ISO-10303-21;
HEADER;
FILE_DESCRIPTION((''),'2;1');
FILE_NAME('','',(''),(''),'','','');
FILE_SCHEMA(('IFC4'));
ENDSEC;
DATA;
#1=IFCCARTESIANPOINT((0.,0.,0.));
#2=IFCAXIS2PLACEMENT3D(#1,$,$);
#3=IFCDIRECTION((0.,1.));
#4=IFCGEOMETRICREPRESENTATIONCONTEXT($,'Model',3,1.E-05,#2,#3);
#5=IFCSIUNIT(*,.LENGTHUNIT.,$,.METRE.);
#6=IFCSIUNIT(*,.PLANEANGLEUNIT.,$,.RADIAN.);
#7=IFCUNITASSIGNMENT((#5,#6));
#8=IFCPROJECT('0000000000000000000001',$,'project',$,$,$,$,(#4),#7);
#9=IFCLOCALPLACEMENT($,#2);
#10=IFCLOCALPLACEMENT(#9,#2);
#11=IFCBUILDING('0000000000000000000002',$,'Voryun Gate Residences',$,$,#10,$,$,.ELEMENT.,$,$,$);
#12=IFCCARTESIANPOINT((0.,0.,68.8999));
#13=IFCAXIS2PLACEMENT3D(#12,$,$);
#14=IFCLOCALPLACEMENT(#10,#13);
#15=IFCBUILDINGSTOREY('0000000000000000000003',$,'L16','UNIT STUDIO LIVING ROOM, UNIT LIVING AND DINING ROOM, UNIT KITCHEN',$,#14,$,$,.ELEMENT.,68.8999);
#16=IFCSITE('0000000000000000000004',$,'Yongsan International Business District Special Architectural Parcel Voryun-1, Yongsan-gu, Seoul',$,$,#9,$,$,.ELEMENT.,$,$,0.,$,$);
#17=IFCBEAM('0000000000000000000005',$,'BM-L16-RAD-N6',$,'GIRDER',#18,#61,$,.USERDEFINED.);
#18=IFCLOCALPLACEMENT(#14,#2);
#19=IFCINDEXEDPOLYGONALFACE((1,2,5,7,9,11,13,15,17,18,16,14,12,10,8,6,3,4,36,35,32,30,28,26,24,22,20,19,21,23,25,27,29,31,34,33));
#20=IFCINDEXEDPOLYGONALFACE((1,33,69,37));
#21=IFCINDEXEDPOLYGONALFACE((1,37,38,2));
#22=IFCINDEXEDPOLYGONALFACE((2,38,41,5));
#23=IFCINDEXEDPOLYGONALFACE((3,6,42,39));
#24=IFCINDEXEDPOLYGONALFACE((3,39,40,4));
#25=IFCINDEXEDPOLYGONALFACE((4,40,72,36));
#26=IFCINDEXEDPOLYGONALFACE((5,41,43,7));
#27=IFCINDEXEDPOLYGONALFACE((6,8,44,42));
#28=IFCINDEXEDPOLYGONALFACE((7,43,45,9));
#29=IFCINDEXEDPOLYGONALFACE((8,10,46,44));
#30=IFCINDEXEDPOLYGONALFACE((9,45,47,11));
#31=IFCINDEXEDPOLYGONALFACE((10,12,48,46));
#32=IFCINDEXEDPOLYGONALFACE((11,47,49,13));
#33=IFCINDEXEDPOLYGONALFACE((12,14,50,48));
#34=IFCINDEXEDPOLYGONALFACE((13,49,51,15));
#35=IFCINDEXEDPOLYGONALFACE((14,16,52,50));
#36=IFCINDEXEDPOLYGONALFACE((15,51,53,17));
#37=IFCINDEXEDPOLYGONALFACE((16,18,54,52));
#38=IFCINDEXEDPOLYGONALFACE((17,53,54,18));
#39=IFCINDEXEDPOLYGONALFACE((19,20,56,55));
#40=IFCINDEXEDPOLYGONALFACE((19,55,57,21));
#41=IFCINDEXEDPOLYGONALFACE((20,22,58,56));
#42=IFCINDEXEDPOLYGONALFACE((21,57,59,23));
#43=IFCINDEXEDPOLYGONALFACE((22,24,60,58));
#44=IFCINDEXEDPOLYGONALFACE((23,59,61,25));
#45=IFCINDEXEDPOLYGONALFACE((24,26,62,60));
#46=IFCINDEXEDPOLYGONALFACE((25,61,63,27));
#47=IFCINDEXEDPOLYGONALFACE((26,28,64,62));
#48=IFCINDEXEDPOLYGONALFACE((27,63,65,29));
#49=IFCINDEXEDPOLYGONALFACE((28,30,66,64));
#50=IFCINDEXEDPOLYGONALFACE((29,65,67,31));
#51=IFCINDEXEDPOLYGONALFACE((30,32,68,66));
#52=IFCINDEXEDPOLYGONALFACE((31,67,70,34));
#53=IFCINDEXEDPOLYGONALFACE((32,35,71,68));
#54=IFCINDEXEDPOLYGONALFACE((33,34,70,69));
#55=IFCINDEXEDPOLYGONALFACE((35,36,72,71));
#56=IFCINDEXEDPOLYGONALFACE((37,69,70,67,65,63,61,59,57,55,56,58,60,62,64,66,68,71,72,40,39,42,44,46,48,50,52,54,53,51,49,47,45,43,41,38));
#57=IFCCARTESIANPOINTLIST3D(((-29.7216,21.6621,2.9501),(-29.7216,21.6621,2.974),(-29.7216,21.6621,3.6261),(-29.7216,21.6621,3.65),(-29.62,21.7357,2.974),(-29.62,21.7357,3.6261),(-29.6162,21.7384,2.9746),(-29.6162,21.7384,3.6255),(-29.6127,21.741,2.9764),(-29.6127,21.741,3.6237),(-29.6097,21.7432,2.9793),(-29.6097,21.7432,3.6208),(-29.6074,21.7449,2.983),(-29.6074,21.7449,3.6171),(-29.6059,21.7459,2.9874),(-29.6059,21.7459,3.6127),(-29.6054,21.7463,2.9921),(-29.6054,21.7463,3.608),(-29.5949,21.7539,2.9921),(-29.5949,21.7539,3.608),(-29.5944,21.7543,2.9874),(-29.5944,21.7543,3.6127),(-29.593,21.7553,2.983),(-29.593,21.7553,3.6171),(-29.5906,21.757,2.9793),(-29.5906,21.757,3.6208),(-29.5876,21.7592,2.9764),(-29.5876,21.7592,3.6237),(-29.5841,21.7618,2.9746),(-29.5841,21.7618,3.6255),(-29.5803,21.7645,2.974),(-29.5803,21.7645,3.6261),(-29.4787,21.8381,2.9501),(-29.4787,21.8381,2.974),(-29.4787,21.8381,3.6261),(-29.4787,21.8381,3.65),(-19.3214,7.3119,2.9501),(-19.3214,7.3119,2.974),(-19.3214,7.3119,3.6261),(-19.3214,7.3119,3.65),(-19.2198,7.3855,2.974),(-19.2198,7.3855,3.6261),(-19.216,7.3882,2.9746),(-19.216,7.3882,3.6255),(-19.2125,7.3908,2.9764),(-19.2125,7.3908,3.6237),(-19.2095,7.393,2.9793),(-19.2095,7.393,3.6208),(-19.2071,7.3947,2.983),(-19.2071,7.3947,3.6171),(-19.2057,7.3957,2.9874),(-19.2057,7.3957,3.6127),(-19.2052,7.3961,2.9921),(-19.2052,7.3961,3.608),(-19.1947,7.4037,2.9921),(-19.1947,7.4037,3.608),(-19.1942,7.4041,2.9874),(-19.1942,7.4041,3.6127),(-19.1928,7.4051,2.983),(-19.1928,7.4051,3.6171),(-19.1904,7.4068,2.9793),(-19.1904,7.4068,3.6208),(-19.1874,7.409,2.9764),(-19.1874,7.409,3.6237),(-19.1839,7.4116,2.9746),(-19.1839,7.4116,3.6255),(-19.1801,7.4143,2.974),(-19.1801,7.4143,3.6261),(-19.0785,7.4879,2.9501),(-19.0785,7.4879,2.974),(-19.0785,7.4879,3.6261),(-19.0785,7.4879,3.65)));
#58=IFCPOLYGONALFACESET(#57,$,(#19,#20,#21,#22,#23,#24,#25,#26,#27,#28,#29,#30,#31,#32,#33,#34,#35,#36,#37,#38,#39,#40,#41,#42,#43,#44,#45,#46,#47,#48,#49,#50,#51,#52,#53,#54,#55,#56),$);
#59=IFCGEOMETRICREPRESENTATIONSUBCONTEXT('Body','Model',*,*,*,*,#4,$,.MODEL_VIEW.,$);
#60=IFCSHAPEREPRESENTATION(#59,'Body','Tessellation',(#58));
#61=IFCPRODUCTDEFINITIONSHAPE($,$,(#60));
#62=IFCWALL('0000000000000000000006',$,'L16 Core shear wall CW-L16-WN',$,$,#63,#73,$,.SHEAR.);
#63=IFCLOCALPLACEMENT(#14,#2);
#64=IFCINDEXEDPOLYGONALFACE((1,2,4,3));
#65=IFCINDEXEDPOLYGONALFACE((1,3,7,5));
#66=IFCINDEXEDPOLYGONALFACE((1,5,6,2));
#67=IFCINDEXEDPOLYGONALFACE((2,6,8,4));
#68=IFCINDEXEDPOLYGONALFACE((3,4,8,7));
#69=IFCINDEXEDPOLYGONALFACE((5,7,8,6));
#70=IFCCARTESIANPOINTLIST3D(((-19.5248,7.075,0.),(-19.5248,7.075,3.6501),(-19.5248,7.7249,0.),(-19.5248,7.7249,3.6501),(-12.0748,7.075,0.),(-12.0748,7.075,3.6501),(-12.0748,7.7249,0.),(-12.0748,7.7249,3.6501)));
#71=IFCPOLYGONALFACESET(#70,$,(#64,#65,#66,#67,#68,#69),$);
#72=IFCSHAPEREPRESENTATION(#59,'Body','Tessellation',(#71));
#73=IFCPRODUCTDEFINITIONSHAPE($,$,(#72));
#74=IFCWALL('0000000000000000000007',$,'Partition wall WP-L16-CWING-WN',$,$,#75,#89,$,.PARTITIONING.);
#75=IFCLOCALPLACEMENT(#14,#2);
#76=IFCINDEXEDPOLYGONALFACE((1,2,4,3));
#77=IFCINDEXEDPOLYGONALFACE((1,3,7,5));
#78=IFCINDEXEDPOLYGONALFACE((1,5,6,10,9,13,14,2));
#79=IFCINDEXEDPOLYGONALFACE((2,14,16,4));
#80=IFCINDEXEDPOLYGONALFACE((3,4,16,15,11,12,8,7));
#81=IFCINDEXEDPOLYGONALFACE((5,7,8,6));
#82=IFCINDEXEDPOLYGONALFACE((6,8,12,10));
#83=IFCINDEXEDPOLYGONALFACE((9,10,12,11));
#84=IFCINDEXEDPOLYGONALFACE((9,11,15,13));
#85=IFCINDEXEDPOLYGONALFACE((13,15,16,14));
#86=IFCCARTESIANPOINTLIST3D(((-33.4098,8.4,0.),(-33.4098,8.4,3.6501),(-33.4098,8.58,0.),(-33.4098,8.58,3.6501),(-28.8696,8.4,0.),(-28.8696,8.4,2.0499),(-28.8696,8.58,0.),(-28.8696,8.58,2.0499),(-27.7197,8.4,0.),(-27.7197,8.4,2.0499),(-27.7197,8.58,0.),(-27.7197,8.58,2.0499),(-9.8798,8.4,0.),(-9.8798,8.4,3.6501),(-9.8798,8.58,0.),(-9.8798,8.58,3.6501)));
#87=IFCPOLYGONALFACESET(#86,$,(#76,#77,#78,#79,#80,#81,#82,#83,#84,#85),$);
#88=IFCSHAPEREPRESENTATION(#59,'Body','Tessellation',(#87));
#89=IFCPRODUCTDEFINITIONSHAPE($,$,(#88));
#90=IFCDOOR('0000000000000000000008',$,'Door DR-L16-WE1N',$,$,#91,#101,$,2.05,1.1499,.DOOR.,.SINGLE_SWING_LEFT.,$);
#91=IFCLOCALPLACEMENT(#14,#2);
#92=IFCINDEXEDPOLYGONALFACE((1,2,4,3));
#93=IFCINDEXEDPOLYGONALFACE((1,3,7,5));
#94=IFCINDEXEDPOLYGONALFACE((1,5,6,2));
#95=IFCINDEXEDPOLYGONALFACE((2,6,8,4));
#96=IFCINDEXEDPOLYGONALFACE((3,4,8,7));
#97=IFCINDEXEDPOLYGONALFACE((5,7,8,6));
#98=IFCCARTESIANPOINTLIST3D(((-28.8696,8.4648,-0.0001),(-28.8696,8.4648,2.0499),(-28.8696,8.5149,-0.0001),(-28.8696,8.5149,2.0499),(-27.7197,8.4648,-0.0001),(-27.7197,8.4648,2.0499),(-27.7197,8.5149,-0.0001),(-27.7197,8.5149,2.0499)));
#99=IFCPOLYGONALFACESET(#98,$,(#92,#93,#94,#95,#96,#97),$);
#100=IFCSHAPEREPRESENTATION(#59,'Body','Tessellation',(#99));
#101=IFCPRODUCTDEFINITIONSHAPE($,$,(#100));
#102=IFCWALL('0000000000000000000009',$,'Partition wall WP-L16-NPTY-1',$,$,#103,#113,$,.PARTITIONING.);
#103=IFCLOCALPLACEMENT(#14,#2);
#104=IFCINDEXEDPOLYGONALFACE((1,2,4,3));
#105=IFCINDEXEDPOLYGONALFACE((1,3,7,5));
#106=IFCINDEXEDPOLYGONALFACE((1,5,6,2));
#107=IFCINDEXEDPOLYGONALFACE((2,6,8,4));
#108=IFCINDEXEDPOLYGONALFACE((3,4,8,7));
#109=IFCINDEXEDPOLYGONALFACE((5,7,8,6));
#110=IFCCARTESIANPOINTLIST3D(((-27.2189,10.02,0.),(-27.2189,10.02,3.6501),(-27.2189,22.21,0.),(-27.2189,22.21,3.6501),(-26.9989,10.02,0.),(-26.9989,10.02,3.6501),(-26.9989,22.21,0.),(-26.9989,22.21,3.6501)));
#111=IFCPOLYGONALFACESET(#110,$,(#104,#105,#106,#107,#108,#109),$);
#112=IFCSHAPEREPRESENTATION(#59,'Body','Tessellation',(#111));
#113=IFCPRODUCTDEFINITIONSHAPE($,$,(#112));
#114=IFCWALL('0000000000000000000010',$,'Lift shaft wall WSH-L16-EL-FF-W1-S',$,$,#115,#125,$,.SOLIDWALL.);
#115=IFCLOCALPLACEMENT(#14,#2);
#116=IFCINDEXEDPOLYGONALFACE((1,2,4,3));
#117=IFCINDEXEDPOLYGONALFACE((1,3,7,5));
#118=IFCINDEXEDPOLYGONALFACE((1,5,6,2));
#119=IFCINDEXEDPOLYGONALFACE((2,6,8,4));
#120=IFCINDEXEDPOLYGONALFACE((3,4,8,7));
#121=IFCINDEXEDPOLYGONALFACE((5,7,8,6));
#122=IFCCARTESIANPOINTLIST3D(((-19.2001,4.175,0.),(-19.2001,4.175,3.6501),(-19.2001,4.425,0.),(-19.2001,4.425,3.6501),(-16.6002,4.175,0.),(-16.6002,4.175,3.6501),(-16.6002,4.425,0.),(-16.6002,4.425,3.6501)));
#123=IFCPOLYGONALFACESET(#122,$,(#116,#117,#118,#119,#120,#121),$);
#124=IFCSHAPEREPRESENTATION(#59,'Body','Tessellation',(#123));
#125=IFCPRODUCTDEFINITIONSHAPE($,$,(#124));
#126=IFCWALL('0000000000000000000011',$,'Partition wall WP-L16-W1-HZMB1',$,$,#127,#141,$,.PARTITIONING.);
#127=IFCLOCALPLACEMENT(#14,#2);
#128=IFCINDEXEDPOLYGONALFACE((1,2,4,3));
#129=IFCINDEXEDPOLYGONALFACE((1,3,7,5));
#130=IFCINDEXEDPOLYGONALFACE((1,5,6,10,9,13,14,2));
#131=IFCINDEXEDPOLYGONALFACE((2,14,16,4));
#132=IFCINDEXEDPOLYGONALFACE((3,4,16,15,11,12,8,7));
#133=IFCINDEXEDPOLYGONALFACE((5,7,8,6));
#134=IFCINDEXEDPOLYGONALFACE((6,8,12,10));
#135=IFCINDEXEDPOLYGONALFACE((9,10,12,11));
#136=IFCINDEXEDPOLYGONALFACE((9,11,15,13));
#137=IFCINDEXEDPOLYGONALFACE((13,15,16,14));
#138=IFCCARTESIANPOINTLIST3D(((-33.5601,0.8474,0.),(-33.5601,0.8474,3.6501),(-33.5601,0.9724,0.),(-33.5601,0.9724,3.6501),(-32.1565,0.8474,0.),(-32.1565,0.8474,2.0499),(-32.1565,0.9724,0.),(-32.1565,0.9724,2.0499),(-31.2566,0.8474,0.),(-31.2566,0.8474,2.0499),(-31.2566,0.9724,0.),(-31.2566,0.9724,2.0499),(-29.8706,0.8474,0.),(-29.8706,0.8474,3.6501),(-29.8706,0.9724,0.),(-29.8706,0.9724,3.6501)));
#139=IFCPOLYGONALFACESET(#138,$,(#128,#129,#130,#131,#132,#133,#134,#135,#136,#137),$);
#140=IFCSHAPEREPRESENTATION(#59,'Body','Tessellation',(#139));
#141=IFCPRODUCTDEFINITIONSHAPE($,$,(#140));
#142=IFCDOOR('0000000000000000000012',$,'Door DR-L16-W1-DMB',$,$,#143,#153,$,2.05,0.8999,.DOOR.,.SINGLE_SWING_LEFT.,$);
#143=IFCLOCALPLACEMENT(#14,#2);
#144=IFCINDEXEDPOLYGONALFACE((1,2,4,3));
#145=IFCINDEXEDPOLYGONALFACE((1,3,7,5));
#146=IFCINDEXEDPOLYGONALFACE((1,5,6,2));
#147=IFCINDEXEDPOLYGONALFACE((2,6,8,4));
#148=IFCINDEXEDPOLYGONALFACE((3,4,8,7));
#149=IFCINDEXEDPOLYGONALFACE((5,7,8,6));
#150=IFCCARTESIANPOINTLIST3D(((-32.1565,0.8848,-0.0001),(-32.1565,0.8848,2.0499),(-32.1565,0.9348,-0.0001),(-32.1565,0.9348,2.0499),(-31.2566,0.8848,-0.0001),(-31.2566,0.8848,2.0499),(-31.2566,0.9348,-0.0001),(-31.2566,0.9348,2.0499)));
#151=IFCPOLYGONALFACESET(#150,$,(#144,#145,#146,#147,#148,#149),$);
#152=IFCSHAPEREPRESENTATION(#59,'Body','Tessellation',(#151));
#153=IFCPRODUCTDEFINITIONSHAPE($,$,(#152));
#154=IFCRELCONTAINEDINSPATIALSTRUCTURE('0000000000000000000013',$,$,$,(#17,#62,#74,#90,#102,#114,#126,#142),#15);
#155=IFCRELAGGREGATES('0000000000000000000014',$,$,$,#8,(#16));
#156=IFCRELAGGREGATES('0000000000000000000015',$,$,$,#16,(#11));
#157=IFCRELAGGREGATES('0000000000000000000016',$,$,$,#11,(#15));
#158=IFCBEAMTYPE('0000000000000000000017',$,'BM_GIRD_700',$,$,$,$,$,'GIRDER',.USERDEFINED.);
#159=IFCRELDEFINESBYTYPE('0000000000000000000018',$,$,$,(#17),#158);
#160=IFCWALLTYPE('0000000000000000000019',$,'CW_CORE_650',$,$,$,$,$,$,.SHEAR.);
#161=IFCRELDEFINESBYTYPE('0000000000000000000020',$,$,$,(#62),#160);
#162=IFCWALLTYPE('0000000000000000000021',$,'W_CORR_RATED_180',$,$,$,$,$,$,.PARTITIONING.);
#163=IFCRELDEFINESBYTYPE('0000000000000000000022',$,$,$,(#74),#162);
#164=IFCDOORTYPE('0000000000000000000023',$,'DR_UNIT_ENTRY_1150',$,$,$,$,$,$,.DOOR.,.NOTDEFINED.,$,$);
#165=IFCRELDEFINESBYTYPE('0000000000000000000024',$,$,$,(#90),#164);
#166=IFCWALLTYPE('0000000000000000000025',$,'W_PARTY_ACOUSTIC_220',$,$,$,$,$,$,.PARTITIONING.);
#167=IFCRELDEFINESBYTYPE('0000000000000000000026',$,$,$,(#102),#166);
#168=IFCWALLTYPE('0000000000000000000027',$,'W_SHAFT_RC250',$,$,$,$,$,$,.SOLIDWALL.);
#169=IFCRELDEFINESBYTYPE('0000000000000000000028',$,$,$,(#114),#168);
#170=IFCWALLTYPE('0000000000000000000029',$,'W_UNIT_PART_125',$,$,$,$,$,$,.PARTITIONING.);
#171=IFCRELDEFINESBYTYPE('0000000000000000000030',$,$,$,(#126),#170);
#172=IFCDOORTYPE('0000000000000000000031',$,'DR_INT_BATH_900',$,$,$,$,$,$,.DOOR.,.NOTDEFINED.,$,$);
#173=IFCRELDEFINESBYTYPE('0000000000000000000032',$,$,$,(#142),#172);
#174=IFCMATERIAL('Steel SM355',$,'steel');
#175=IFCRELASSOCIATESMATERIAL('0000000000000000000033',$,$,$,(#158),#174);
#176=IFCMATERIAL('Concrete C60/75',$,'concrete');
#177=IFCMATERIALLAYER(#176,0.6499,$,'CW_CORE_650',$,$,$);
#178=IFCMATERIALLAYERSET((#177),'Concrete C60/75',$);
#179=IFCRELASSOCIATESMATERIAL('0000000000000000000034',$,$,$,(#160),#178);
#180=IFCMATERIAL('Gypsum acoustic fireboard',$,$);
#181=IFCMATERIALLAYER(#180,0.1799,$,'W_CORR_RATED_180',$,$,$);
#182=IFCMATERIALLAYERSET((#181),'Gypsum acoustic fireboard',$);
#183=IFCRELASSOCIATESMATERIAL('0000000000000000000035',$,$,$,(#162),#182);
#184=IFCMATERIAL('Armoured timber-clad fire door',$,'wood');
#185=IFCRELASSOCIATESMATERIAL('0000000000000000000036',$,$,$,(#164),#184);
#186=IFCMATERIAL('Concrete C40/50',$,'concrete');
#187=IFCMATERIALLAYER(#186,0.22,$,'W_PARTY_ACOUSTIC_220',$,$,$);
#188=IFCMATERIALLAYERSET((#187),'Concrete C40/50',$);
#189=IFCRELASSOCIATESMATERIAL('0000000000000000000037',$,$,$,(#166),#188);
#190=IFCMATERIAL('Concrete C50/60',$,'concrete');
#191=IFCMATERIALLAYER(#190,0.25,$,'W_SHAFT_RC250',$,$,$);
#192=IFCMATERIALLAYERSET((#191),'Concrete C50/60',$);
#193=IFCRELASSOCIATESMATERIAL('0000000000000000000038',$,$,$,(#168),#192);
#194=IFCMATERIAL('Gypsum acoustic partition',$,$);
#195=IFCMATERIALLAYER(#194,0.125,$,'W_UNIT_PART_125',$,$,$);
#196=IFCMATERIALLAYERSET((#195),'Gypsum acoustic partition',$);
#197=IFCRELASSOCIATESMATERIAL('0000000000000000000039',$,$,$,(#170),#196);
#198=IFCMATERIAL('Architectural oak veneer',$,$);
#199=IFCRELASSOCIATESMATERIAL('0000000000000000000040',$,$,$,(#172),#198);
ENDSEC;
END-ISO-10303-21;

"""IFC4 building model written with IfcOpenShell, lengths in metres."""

from ifc_helpers import new_model, si_unit, direction, frame, frame_2d, origin, origin_2d, place, context, subcontext, project, spatial, rectangle, i_section, extrude, material, layer, layer_set, material_profile, profile_set, type_object, element, fill, save


model = new_model("IFC4")

# Units and contexts
model_context = context("Model", 3, precision=1e-05, world=origin(), true_north=direction((0.0, 1.0)))
body_context = subcontext(model_context, "Body", "Model", "MODEL_VIEW")
ifc_project = project(units=[si_unit("LENGTHUNIT", "METRE"), si_unit("PLANEANGLEUNIT", "RADIAN")], contexts=[model_context])

# Site, building, storey
site_placement = place(None, origin())
site = spatial("IfcSite", under=ifc_project, at=site_placement, Name="Yongsan International Business District Special Architectural Parcel Voryun-1, Yongsan-gu, Seoul", CompositionType="ELEMENT", RefElevation=0.0)
building_placement = place(site_placement, origin())
building = spatial("IfcBuilding", under=site, at=building_placement, Name="Voryun Gate Residences", CompositionType="ELEMENT")
storey_placement = place(building_placement, frame((0.0, 0.0, 68.8999)))
storey = spatial("IfcBuildingStorey", under=building, at=storey_placement, Name="L16", Description="UNIT STUDIO LIVING ROOM, UNIT LIVING AND DINING ROOM, UNIT KITCHEN", CompositionType="ELEMENT", Elevation=68.8999)

# Beam
ifc_material_1 = material(Name="Steel SM355", Category="steel")
ifc_material_profile_1 = material_profile(ifc_material_1, i_section(OverallWidth=0.3, OverallDepth=0.7, WebThickness=0.0129, FlangeThickness=0.0239, FilletRadius=0.0181, at=origin_2d()), Name="H-700x300x13x24")
ifc_profile_set_1 = profile_set([ifc_material_profile_1], Name="Steel SM355")
beam_type_1 = type_object("IfcBeamType", Name="BM_GIRD_700", ElementType="GIRDER", PredefinedType="USERDEFINED", material=ifc_profile_set_1)
beam_1_placement = place(storey_placement, frame((-19.2, 7.3999, 3.3), z_axis=(-0.586832, 0.809709, 0.0), x_axis=(-0.809709, -0.586832, 0.0)))
element("IfcBeam", 1, at=beam_1_placement, inside=storey, type_object=beam_type_1, Name="BM-L16-RAD-N6", ObjectType="GIRDER", PredefinedType="USERDEFINED", context=body_context, shape_type="SweptSolid", body=[
    extrude(i_section(OverallWidth=0.3, OverallDepth=0.7, WebThickness=0.0129, FlangeThickness=0.0239, FilletRadius=0.0181, at=origin_2d()), origin(), (0.0, 0.0, 1.0), 17.7227),
])

# Wall
ifc_material_2 = material(Name="Concrete C60/75", Category="concrete")
ifc_layer_1 = layer(ifc_material_2, 0.6499, Name="CW_CORE_650")
ifc_layer_set_1 = layer_set([ifc_layer_1], Name="Concrete C60/75")
wall_type_1 = type_object("IfcWallType", Name="CW_CORE_650", PredefinedType="SHEAR", material=ifc_layer_set_1)
wall_1_placement = place(storey_placement, frame((-19.5249, 7.3999, 0.0), z_axis=(0.0, 0.0, 1.0), x_axis=(1.0, 0.0, 0.0)))
element("IfcWall", 2, at=wall_1_placement, inside=storey, type_object=wall_type_1, Name="L16 Core shear wall CW-L16-WN", PredefinedType="SHEAR", context=body_context, shape_type="SweptSolid", body=[
    extrude(rectangle(XDim=7.45, YDim=0.6499, at=frame_2d((3.7251, 0.0))), origin(), (0.0, 0.0, 1.0), 3.6501),
])

# Wall, opening, door
ifc_material_3 = material(Name="Gypsum acoustic fireboard")
ifc_layer_2 = layer(ifc_material_3, 0.1799, Name="W_CORR_RATED_180")
ifc_layer_set_2 = layer_set([ifc_layer_2], Name="Gypsum acoustic fireboard")
wall_type_2 = type_object("IfcWallType", Name="W_CORR_RATED_180", PredefinedType="PARTITIONING", material=ifc_layer_set_2)
wall_2_placement = place(storey_placement, frame((-33.4099, 8.49, 0.0), z_axis=(0.0, 0.0, 1.0), x_axis=(1.0, 0.0, 0.0)))
wall_2 = element("IfcWall", 3, at=wall_2_placement, inside=storey, type_object=wall_type_2, Name="Partition wall WP-L16-CWING-WN", PredefinedType="PARTITIONING", context=body_context, shape_type="SweptSolid", body=[
    extrude(rectangle(XDim=23.53, YDim=0.1799, at=frame_2d((11.7651, 0.0))), origin(), (0.0, 0.0, 1.0), 3.6501),
])
opening_1_placement = place(wall_2_placement, frame((4.5403, 0.0, 0.0)))
opening_1 = element("IfcOpeningElement", 4, at=opening_1_placement, cuts=wall_2, PredefinedType="OPENING", context=body_context, shape_type="SweptSolid", body=[
    extrude(rectangle(XDim=1.1499, YDim=2.05, at=frame_2d((0.575, 1.0249))), frame((0.0, 0.0999, 0.0), z_axis=(0.0, -1.0, 0.0), x_axis=(1.0, 0.0, 0.0)), (0.0, 0.0, 1.0), 0.2),
])
ifc_material_4 = material(Name="Armoured timber-clad fire door", Category="wood")
door_type_1 = type_object("IfcDoorType", Name="DR_UNIT_ENTRY_1150", OperationType="NOTDEFINED", PredefinedType="DOOR", material=ifc_material_4)
door_1_placement = place(opening_1_placement, origin())
door_1 = element("IfcDoor", 5, at=door_1_placement, inside=storey, type_object=door_type_1, Name="Door DR-L16-WE1N", OperationType="SINGLE_SWING_LEFT", OverallHeight=2.05, OverallWidth=1.1499, PredefinedType="DOOR", context=body_context, shape_type="SweptSolid", body=[
    extrude(rectangle(XDim=1.1499, YDim=2.05, at=frame_2d((0.575, 1.0249))), frame((0.0, 0.0249, 0.0), z_axis=(0.0, -1.0, 0.0), x_axis=(1.0, 0.0, 0.0)), (0.0, 0.0, 1.0), 0.05),
])
fill(opening_1, door_1)

# Walls
ifc_material_5 = material(Name="Concrete C40/50", Category="concrete")
ifc_layer_3 = layer(ifc_material_5, 0.22, Name="W_PARTY_ACOUSTIC_220")
ifc_layer_set_3 = layer_set([ifc_layer_3], Name="Concrete C40/50")
wall_type_3 = type_object("IfcWallType", Name="W_PARTY_ACOUSTIC_220", PredefinedType="PARTITIONING", material=ifc_layer_set_3)
wall_3_placement = place(storey_placement, frame((-27.1089, 10.02, 0.0), z_axis=(0.0, 0.0, 1.0), x_axis=(0.0, 1.0, 0.0)))
element("IfcWall", 6, at=wall_3_placement, inside=storey, type_object=wall_type_3, Name="Partition wall WP-L16-NPTY-1", PredefinedType="PARTITIONING", context=body_context, shape_type="SweptSolid", body=[
    extrude(rectangle(XDim=12.1899, YDim=0.22, at=frame_2d((6.095, 0.0))), origin(), (0.0, 0.0, 1.0), 3.6501),
])
ifc_material_6 = material(Name="Concrete C50/60", Category="concrete")
ifc_layer_4 = layer(ifc_material_6, 0.25, Name="W_SHAFT_RC250")
ifc_layer_set_4 = layer_set([ifc_layer_4], Name="Concrete C50/60")
wall_type_4 = type_object("IfcWallType", Name="W_SHAFT_RC250", PredefinedType="SOLIDWALL", material=ifc_layer_set_4)
wall_4_placement = place(storey_placement, frame((-19.2, 4.3, 0.0), z_axis=(0.0, 0.0, 1.0), x_axis=(1.0, 0.0, 0.0)))
element("IfcWall", 7, at=wall_4_placement, inside=storey, type_object=wall_type_4, Name="Lift shaft wall WSH-L16-EL-FF-W1-S", PredefinedType="SOLIDWALL", context=body_context, shape_type="SweptSolid", body=[
    extrude(rectangle(XDim=2.5999, YDim=0.25, at=frame_2d((1.2998, 0.0))), origin(), (0.0, 0.0, 1.0), 3.6501),
])

# Wall, opening, door
ifc_material_7 = material(Name="Gypsum acoustic partition")
ifc_layer_5 = layer(ifc_material_7, 0.125, Name="W_UNIT_PART_125")
ifc_layer_set_5 = layer_set([ifc_layer_5], Name="Gypsum acoustic partition")
wall_type_5 = type_object("IfcWallType", Name="W_UNIT_PART_125", PredefinedType="PARTITIONING", material=ifc_layer_set_5)
wall_5_placement = place(storey_placement, frame((-33.5601, 0.9099, 0.0), z_axis=(0.0, 0.0, 1.0), x_axis=(1.0, 0.0, 0.0)))
wall_5 = element("IfcWall", 8, at=wall_5_placement, inside=storey, type_object=wall_type_5, Name="Partition wall WP-L16-W1-HZMB1", PredefinedType="PARTITIONING", context=body_context, shape_type="SweptSolid", body=[
    extrude(rectangle(XDim=3.6895, YDim=0.125, at=frame_2d((1.8447, 0.0))), origin(), (0.0, 0.0, 1.0), 3.6501),
])
opening_2_placement = place(wall_5_placement, frame((1.4036, 0.0, 0.0)))
opening_2 = element("IfcOpeningElement", 9, at=opening_2_placement, cuts=wall_5, PredefinedType="OPENING", context=body_context, shape_type="SweptSolid", body=[
    extrude(rectangle(XDim=0.8999, YDim=2.05, at=frame_2d((0.45, 1.0249))), frame((0.0, 0.0725, 0.0), z_axis=(0.0, -1.0, 0.0), x_axis=(1.0, 0.0, 0.0)), (0.0, 0.0, 1.0), 0.145),
])
ifc_material_8 = material(Name="Architectural oak veneer")
door_type_2 = type_object("IfcDoorType", Name="DR_INT_BATH_900", OperationType="NOTDEFINED", PredefinedType="DOOR", material=ifc_material_8)
door_2_placement = place(opening_2_placement, origin())
door_2 = element("IfcDoor", 10, at=door_2_placement, inside=storey, type_object=door_type_2, Name="Door DR-L16-W1-DMB", OperationType="SINGLE_SWING_LEFT", OverallHeight=2.05, OverallWidth=0.8999, PredefinedType="DOOR", context=body_context, shape_type="SweptSolid", body=[
    extrude(rectangle(XDim=0.8999, YDim=2.05, at=frame_2d((0.45, 1.0249))), frame((0.0, 0.0249, 0.0), z_axis=(0.0, -1.0, 0.0), x_axis=(1.0, 0.0, 0.0)), (0.0, 0.0, 1.0), 0.05),
])
fill(opening_2, door_2)

save(model, "model.ifc")
